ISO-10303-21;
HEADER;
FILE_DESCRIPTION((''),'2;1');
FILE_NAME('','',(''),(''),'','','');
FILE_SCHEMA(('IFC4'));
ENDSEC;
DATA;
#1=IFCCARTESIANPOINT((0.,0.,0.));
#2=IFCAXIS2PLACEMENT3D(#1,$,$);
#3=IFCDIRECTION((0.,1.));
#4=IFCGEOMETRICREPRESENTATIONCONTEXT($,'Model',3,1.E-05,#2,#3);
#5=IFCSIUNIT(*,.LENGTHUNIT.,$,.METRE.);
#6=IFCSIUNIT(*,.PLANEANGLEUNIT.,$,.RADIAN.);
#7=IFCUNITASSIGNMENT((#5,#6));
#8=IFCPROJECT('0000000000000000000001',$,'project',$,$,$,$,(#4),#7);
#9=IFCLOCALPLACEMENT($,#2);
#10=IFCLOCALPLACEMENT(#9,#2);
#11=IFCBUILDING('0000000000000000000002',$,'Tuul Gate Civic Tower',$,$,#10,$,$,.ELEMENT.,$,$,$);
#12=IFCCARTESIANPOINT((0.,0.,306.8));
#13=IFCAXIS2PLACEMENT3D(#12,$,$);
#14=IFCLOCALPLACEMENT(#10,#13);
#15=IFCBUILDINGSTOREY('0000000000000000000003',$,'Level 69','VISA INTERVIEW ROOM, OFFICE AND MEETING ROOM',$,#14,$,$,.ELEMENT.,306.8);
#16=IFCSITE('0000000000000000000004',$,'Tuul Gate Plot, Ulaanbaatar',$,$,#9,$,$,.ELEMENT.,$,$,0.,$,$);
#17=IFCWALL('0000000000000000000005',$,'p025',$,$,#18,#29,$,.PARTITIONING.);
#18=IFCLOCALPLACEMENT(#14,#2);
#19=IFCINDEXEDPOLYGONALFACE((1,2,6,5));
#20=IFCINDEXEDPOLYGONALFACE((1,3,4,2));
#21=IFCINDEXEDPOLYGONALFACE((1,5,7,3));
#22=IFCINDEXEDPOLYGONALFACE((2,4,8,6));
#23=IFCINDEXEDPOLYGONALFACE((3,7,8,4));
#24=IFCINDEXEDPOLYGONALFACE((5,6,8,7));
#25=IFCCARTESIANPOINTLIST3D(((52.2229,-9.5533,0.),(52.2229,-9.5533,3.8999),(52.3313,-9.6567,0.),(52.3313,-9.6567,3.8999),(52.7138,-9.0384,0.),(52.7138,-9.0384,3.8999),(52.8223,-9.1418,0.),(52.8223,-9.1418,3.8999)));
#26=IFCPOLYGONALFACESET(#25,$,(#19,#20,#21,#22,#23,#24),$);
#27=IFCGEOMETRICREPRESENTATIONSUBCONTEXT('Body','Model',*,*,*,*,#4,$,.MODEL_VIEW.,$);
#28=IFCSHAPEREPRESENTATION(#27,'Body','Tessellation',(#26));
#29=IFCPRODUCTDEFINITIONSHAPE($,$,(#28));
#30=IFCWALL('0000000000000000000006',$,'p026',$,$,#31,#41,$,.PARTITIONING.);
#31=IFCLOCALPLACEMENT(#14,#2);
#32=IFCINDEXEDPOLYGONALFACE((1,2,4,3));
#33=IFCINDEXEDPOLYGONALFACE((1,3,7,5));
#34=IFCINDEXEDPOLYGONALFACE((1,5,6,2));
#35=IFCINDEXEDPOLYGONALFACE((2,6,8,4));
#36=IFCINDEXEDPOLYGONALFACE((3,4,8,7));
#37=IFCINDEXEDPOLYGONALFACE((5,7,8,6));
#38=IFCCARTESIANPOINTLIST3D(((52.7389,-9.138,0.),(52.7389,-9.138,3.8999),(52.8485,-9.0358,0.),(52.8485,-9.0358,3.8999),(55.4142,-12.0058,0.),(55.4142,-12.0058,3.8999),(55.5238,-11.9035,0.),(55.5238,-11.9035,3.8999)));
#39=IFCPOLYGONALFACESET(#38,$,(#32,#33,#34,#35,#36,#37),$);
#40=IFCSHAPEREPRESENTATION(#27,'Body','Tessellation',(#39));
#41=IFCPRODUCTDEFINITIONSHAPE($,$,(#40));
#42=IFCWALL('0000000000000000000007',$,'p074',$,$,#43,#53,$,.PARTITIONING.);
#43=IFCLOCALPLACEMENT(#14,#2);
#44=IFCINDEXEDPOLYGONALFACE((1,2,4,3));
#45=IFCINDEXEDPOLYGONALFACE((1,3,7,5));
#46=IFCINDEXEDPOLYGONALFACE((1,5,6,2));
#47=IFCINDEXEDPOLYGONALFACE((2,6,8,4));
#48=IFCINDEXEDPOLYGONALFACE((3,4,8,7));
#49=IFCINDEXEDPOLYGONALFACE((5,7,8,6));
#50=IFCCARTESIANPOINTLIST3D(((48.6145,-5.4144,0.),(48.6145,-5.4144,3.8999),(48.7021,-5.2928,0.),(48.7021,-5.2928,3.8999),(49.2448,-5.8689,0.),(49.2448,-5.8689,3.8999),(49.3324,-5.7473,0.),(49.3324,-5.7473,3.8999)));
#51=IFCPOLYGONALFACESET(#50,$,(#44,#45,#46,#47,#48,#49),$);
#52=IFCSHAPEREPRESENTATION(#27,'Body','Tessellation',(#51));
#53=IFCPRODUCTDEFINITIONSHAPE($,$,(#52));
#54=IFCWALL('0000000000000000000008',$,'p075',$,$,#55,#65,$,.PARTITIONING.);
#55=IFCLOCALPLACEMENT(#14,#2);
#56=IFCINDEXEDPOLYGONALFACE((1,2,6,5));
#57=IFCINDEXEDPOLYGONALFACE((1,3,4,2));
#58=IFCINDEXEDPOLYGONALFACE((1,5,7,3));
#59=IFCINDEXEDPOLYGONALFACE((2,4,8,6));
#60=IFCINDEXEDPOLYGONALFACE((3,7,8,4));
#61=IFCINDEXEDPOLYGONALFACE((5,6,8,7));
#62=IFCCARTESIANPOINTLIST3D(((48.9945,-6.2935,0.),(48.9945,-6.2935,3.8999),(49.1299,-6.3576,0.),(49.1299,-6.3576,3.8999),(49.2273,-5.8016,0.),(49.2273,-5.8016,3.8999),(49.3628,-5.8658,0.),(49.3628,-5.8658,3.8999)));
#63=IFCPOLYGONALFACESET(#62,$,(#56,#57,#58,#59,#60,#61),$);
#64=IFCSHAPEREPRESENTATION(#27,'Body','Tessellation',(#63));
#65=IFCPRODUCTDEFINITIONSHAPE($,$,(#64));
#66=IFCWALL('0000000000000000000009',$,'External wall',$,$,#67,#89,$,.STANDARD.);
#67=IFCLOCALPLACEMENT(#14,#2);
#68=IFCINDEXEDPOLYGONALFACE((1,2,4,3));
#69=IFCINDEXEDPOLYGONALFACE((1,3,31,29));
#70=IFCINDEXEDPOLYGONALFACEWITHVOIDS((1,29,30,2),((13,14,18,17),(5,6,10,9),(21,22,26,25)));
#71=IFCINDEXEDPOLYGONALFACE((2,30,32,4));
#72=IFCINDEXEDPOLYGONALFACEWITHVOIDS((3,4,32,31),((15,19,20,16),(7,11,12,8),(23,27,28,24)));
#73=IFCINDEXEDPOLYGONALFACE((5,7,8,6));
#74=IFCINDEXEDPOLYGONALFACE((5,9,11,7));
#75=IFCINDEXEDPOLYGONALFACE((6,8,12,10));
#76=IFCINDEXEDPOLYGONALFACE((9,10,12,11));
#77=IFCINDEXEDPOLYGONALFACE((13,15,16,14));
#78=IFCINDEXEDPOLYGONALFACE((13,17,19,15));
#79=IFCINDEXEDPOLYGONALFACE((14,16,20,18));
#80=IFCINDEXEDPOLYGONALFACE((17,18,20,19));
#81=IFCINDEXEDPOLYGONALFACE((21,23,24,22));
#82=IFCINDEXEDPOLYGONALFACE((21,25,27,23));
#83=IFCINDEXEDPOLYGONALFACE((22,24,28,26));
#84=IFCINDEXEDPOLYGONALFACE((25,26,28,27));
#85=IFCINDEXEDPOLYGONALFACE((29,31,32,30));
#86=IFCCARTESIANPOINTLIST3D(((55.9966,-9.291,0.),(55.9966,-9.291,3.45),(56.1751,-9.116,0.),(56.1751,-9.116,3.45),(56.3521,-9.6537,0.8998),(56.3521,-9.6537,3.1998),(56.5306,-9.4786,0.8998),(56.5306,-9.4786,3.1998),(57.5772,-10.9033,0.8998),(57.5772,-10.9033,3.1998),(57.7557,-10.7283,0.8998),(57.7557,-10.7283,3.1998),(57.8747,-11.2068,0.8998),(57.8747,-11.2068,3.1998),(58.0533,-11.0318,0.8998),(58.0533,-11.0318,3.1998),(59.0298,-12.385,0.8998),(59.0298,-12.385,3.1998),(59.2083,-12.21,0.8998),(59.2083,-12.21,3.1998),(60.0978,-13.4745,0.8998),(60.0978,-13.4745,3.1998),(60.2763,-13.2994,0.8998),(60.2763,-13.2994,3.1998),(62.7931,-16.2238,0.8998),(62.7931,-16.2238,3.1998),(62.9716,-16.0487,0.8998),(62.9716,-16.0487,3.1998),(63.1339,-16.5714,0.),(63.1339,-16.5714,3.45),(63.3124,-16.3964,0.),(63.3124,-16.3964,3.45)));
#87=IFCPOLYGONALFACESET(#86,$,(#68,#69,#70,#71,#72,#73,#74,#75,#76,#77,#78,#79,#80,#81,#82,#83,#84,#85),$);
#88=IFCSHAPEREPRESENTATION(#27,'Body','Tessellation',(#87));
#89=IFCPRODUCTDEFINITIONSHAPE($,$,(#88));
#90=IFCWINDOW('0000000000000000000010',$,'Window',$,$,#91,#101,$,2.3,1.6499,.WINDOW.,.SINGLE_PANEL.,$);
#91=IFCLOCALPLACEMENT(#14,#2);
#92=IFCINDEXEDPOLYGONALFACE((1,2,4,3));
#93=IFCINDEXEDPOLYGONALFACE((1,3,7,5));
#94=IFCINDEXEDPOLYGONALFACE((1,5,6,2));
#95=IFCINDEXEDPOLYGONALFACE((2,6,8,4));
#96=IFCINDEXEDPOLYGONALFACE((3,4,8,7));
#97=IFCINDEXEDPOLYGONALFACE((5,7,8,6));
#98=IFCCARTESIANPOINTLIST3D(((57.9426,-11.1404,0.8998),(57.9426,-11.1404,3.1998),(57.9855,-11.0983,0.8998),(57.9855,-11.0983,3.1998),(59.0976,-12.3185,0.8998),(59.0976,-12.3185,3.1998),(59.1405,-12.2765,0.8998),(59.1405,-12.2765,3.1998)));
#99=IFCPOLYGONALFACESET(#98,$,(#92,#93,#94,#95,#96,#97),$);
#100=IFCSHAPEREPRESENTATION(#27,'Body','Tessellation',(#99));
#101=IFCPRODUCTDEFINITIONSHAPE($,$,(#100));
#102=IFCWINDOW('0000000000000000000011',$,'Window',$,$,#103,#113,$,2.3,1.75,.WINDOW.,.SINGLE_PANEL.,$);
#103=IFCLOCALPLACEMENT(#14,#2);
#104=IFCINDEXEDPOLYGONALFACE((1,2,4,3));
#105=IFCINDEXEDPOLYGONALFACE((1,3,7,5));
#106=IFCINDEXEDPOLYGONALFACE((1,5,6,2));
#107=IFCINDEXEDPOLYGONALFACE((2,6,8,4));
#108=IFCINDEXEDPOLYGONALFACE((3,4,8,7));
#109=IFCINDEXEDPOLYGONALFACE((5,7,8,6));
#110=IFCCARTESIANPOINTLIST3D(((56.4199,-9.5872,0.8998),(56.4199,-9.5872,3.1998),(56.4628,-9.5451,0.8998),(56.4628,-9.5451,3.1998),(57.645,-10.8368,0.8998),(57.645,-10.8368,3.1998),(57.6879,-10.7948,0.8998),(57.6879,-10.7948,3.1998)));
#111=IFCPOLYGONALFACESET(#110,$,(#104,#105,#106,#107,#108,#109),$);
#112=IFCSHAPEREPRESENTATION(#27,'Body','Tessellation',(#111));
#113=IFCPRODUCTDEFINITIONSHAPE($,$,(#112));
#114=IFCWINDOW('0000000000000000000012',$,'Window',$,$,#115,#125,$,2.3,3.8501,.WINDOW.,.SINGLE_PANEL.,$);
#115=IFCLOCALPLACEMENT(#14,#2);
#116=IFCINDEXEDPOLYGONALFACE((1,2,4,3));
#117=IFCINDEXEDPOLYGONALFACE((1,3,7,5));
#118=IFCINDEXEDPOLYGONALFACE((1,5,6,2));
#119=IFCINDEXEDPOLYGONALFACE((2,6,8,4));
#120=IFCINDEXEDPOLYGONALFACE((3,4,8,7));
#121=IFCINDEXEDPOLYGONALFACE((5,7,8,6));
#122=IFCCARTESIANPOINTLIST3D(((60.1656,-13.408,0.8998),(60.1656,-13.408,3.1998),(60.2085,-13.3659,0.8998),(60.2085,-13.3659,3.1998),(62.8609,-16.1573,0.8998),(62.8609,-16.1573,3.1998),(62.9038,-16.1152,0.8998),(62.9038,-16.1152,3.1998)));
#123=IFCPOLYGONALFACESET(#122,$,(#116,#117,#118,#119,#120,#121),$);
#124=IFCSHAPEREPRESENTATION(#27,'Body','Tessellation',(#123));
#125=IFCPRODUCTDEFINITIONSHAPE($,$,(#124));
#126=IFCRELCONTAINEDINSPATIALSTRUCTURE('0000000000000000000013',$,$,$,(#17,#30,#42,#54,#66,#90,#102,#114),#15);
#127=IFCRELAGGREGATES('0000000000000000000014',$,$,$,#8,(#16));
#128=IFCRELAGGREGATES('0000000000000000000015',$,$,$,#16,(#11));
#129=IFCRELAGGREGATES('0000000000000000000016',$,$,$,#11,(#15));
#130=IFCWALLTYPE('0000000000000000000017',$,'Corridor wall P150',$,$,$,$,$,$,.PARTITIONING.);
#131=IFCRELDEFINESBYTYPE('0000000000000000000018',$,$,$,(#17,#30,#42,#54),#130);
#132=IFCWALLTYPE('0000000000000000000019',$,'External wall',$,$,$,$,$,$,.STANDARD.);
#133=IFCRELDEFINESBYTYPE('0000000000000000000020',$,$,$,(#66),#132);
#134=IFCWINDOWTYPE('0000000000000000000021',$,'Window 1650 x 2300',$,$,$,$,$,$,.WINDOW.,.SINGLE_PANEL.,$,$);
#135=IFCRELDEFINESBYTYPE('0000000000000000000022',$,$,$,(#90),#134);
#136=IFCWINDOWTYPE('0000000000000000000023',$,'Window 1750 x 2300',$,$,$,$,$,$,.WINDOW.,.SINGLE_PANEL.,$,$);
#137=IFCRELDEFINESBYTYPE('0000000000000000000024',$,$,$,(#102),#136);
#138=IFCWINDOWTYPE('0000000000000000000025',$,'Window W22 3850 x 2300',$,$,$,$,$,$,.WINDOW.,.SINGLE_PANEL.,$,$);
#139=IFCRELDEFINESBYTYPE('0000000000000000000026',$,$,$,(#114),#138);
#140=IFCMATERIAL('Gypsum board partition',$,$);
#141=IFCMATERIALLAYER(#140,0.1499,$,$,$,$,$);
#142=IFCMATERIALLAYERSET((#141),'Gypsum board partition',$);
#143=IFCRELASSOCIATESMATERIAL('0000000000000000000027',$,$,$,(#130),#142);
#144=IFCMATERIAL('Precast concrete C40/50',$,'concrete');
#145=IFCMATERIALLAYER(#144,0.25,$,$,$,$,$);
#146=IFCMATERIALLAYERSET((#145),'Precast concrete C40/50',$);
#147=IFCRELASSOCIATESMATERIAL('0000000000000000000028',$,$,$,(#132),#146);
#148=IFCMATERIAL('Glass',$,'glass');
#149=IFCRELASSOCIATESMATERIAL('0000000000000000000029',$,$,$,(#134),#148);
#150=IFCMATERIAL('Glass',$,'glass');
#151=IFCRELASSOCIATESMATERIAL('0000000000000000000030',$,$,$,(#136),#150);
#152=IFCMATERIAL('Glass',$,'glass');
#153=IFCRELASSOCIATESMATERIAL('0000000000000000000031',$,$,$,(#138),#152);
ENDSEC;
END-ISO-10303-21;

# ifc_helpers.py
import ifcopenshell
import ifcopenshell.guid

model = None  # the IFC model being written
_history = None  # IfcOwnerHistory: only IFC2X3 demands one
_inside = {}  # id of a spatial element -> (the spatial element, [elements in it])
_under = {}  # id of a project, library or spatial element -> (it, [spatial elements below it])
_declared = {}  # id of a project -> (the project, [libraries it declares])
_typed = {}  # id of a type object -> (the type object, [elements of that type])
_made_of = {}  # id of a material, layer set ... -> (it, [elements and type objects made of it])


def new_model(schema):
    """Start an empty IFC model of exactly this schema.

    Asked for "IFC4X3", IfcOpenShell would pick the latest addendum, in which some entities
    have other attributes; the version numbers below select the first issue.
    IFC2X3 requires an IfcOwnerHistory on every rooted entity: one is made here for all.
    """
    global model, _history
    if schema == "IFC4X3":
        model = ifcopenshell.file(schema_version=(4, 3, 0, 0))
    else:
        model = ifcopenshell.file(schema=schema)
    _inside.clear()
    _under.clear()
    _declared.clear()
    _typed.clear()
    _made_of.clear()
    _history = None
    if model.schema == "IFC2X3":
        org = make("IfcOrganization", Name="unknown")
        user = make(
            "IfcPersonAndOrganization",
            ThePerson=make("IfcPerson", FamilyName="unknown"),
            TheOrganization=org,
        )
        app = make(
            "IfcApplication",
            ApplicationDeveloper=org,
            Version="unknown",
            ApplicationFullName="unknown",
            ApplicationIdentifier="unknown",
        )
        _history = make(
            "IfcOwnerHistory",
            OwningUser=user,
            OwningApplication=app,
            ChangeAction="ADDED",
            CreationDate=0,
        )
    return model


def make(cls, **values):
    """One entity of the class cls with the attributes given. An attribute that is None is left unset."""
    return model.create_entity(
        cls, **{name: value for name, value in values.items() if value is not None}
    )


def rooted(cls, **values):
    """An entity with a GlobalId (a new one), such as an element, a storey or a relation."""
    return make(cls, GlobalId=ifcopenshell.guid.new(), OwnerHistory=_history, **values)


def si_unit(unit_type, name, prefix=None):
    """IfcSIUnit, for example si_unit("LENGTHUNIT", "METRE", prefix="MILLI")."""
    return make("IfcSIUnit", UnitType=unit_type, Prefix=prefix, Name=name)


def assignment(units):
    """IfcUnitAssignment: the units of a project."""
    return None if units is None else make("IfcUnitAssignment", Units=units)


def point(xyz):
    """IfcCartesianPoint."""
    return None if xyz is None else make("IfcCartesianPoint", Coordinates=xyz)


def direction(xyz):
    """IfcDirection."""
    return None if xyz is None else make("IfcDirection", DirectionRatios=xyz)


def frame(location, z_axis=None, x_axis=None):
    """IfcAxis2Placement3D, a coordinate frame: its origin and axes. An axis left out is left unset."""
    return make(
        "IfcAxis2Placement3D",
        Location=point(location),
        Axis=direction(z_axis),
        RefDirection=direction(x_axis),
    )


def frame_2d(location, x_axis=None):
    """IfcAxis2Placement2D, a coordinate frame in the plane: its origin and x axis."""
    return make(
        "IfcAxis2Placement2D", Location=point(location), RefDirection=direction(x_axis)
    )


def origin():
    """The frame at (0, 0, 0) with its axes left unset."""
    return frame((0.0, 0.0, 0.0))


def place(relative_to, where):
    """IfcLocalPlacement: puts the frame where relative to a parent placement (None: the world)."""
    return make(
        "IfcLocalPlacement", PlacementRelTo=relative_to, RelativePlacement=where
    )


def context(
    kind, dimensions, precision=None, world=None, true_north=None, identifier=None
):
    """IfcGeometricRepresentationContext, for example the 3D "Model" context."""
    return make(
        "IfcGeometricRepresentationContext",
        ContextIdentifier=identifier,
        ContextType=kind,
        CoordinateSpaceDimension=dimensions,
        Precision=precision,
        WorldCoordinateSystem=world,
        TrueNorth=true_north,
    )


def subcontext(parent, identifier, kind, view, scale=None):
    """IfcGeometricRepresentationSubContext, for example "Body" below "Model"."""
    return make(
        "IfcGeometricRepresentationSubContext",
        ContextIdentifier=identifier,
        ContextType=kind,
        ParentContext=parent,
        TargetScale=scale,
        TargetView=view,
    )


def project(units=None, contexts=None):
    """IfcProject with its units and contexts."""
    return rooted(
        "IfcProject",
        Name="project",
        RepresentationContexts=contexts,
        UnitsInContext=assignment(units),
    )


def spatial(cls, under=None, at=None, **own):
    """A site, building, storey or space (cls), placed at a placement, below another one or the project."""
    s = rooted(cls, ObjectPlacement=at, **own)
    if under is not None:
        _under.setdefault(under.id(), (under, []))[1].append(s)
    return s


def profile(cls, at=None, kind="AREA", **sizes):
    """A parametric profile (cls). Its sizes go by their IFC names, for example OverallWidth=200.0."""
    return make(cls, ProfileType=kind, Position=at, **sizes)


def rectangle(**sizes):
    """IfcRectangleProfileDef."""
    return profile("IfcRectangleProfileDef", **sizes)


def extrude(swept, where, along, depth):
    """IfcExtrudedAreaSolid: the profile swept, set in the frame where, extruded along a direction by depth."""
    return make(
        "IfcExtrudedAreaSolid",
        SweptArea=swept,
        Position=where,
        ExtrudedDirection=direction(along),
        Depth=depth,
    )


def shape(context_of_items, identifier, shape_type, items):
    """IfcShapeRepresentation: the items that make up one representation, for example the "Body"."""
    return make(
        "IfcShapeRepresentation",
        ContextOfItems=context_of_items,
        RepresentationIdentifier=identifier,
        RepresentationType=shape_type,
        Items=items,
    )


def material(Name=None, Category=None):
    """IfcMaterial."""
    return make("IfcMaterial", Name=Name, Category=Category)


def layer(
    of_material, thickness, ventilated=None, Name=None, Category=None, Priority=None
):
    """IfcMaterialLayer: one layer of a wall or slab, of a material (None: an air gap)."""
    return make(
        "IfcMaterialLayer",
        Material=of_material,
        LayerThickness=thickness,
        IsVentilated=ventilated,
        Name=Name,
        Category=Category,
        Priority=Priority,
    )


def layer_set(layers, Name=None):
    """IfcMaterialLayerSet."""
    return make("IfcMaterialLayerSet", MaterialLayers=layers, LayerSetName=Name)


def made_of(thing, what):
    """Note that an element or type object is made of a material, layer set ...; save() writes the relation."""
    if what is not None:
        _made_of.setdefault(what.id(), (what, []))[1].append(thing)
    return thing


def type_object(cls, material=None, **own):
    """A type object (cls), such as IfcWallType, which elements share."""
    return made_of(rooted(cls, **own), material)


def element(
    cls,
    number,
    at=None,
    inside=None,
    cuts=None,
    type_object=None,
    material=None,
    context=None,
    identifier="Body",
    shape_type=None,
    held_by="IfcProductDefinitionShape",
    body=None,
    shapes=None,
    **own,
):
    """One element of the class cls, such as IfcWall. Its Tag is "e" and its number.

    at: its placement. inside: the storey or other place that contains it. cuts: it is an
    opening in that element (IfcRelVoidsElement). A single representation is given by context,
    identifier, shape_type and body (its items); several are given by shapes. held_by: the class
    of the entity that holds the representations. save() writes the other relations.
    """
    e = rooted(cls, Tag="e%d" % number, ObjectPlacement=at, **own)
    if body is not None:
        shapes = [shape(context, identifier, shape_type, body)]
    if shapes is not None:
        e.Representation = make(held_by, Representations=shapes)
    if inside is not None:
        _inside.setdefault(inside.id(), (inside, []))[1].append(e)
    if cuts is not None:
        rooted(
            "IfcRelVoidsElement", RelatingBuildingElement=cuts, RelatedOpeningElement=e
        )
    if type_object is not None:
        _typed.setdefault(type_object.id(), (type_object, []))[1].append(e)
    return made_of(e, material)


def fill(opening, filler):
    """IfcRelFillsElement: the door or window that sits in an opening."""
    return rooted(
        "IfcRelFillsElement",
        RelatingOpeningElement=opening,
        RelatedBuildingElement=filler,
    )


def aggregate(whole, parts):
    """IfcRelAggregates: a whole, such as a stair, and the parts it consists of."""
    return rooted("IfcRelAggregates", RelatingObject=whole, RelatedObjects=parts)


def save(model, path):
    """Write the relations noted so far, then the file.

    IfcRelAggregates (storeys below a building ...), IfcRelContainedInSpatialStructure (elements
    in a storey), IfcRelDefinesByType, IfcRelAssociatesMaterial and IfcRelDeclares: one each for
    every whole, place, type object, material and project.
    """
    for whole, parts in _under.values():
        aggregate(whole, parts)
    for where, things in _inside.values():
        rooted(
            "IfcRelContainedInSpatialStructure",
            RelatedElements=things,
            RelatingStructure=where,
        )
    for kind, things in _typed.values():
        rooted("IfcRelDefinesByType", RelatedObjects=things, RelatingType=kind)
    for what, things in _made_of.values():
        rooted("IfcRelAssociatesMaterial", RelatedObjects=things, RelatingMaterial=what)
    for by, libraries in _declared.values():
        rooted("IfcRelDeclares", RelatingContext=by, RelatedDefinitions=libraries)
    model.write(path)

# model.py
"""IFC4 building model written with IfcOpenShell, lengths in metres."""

from ifc_helpers import new_model, si_unit, direction, frame, frame_2d, origin, place, context, subcontext, project, spatial, rectangle, extrude, material, layer, layer_set, type_object, element, fill, save


model = new_model("IFC4")

# Units and contexts
model_context = context("Model", 3, precision=1e-05, world=origin(), true_north=direction((0.0, 1.0)))
body_context = subcontext(model_context, "Body", "Model", "MODEL_VIEW")
ifc_project = project(units=[si_unit("LENGTHUNIT", "METRE"), si_unit("PLANEANGLEUNIT", "RADIAN")], contexts=[model_context])

# Site, building, storey
site_placement = place(None, origin())
site = spatial("IfcSite", under=ifc_project, at=site_placement, Name="Tuul Gate Plot, Ulaanbaatar", CompositionType="ELEMENT", RefElevation=0.0)
building_placement = place(site_placement, origin())
building = spatial("IfcBuilding", under=site, at=building_placement, Name="Tuul Gate Civic Tower", CompositionType="ELEMENT")
storey_placement = place(building_placement, frame((0.0, 0.0, 306.8)))
storey = spatial("IfcBuildingStorey", under=building, at=storey_placement, Name="Level 69", Description="VISA INTERVIEW ROOM, OFFICE AND MEETING ROOM", CompositionType="ELEMENT", Elevation=306.8)

# Shared definitions
ifc_material_1 = material(Name="Gypsum board partition")
ifc_layer_1 = layer(ifc_material_1, 0.1499)
ifc_layer_set_1 = layer_set([ifc_layer_1], Name="Gypsum board partition")
wall_type_1 = type_object("IfcWallType", Name="Corridor wall P150", PredefinedType="PARTITIONING", material=ifc_layer_set_1)

# Walls
wall_1_placement = place(storey_placement, frame((52.2771, -9.605, 0.0), z_axis=(0.0, 0.0, 1.0), x_axis=(0.690092, 0.723722, 0.0)))
element("IfcWall", 1, at=wall_1_placement, inside=storey, type_object=wall_type_1, Name="p025", PredefinedType="PARTITIONING", context=body_context, shape_type="SweptSolid", body=[
    extrude(rectangle(XDim=0.7114, YDim=0.1499, at=frame_2d((0.3557, 0.0))), origin(), (0.0, 0.0, 1.0), 3.8999),
])
wall_2_placement = place(storey_placement, frame((52.7937, -9.0869, 0.0), z_axis=(0.0, 0.0, 1.0), x_axis=(0.682154, -0.731208, 0.0)))
element("IfcWall", 2, at=wall_2_placement, inside=storey, type_object=wall_type_1, Name="p026", PredefinedType="PARTITIONING", context=body_context, shape_type="SweptSolid", body=[
    extrude(rectangle(XDim=3.9219, YDim=0.1499, at=frame_2d((1.9609, 0.0))), origin(), (0.0, 0.0, 1.0), 3.8999),
])
wall_3_placement = place(storey_placement, frame((48.6582, -5.3535, 0.0), z_axis=(0.0, 0.0, 1.0), x_axis=(0.811093, -0.584917, 0.0)))
element("IfcWall", 3, at=wall_3_placement, inside=storey, type_object=wall_type_1, Name="p074", PredefinedType="PARTITIONING", context=body_context, shape_type="SweptSolid", body=[
    extrude(rectangle(XDim=0.7771, YDim=0.1499, at=frame_2d((0.3887, 0.0))), origin(), (0.0, 0.0, 1.0), 3.8999),
])
wall_4_placement = place(storey_placement, frame((49.0623, -6.3254, 0.0), z_axis=(0.0, 0.0, 1.0), x_axis=(0.427913, 0.90382, 0.0)))
element("IfcWall", 4, at=wall_4_placement, inside=storey, type_object=wall_type_1, Name="p075", PredefinedType="PARTITIONING", context=body_context, shape_type="SweptSolid", body=[
    extrude(rectangle(XDim=0.5442, YDim=0.1499, at=frame_2d((0.272, 0.0))), origin(), (0.0, 0.0, 1.0), 3.8999),
])

# Wall, openings, windows
ifc_material_2 = material(Name="Precast concrete C40/50", Category="concrete")
ifc_layer_2 = layer(ifc_material_2, 0.25)
ifc_layer_set_2 = layer_set([ifc_layer_2], Name="Precast concrete C40/50")
wall_type_2 = type_object("IfcWallType", Name="External wall", PredefinedType="STANDARD", material=ifc_layer_set_2)
wall_5_placement = place(storey_placement, frame((63.2231, -16.4839, 0.0), z_axis=(0.0, 0.0, 1.0), x_axis=(-0.700056, 0.714088, 0.0)))
wall_5 = element("IfcWall", 5, at=wall_5_placement, inside=storey, type_object=wall_type_2, Name="External wall", PredefinedType="STANDARD", context=body_context, shape_type="SweptSolid", body=[
    extrude(rectangle(XDim=10.1953, YDim=0.25, at=frame_2d((5.0977, 0.0))), origin(), (0.0, 0.0, 1.0), 3.45),
])
opening_1_placement = place(wall_5_placement, frame((0.4868, 0.0, 0.8999)))
opening_1 = element("IfcOpeningElement", 6, at=opening_1_placement, cuts=wall_5, PredefinedType="OPENING", context=body_context, shape_type="SweptSolid", body=[
    extrude(rectangle(XDim=3.8501, YDim=2.3, at=frame_2d((1.925, 1.1499))), frame((0.0, 0.135, 0.0), z_axis=(0.0, -1.0, 0.0), x_axis=(1.0, 0.0, 0.0)), (0.0, 0.0, 1.0), 0.27),
])
opening_2_placement = place(wall_5_placement, frame((5.8625, 0.0, 0.8999)))
opening_2 = element("IfcOpeningElement", 7, at=opening_2_placement, cuts=wall_5, PredefinedType="OPENING", context=body_context, shape_type="SweptSolid", body=[
    extrude(rectangle(XDim=1.6499, YDim=2.3, at=frame_2d((0.825, 1.1499))), frame((0.0, 0.135, 0.0), z_axis=(0.0, -1.0, 0.0), x_axis=(1.0, 0.0, 0.0)), (0.0, 0.0, 1.0), 0.27),
])
opening_3_placement = place(wall_5_placement, frame((7.9375, 0.0, 0.8999)))
opening_3 = element("IfcOpeningElement", 8, at=opening_3_placement, cuts=wall_5, PredefinedType="OPENING", context=body_context, shape_type="SweptSolid", body=[
    extrude(rectangle(XDim=1.75, YDim=2.3, at=frame_2d((0.875, 1.1499))), frame((0.0, 0.135, 0.0), z_axis=(0.0, -1.0, 0.0), x_axis=(1.0, 0.0, 0.0)), (0.0, 0.0, 1.0), 0.27),
])
ifc_material_3 = material(Name="Glass", Category="glass")
window_type_1 = type_object("IfcWindowType", Name="Window 1650 x 2300", PartitioningType="SINGLE_PANEL", PredefinedType="WINDOW", material=ifc_material_3)
window_1_placement = place(opening_2_placement, origin())
window_1 = element("IfcWindow", 9, at=window_1_placement, inside=storey, type_object=window_type_1, Name="Window", OverallHeight=2.3, OverallWidth=1.6499, PartitioningType="SINGLE_PANEL", PredefinedType="WINDOW", context=body_context, shape_type="SweptSolid", body=[
    extrude(rectangle(XDim=1.6499, YDim=2.3, at=frame_2d((0.825, 1.1499))), frame((0.0, 0.03, 0.0), z_axis=(0.0, -1.0, 0.0), x_axis=(1.0, 0.0, 0.0)), (0.0, 0.0, 1.0), 0.0601),
])
fill(opening_2, window_1)
ifc_material_4 = material(Name="Glass", Category="glass")
window_type_2 = type_object("IfcWindowType", Name="Window 1750 x 2300", PartitioningType="SINGLE_PANEL", PredefinedType="WINDOW", material=ifc_material_4)
window_2_placement = place(opening_3_placement, origin())
window_2 = element("IfcWindow", 10, at=window_2_placement, inside=storey, type_object=window_type_2, Name="Window", OverallHeight=2.3, OverallWidth=1.75, PartitioningType="SINGLE_PANEL", PredefinedType="WINDOW", context=body_context, shape_type="SweptSolid", body=[
    extrude(rectangle(XDim=1.75, YDim=2.3, at=frame_2d((0.875, 1.1499))), frame((0.0, 0.03, 0.0), z_axis=(0.0, -1.0, 0.0), x_axis=(1.0, 0.0, 0.0)), (0.0, 0.0, 1.0), 0.0601),
])
fill(opening_3, window_2)
ifc_material_5 = material(Name="Glass", Category="glass")
window_type_3 = type_object("IfcWindowType", Name="Window W22 3850 x 2300", PartitioningType="SINGLE_PANEL", PredefinedType="WINDOW", material=ifc_material_5)
window_3_placement = place(opening_1_placement, origin())
window_3 = element("IfcWindow", 11, at=window_3_placement, inside=storey, type_object=window_type_3, Name="Window", OverallHeight=2.3, OverallWidth=3.8501, PartitioningType="SINGLE_PANEL", PredefinedType="WINDOW", context=body_context, shape_type="SweptSolid", body=[
    extrude(rectangle(XDim=3.8501, YDim=2.3, at=frame_2d((1.925, 1.1499))), frame((0.0, 0.03, 0.0), z_axis=(0.0, -1.0, 0.0), x_axis=(1.0, 0.0, 0.0)), (0.0, 0.0, 1.0), 0.0601),
])
fill(opening_1, window_3)

save(model, "model.ifc")
